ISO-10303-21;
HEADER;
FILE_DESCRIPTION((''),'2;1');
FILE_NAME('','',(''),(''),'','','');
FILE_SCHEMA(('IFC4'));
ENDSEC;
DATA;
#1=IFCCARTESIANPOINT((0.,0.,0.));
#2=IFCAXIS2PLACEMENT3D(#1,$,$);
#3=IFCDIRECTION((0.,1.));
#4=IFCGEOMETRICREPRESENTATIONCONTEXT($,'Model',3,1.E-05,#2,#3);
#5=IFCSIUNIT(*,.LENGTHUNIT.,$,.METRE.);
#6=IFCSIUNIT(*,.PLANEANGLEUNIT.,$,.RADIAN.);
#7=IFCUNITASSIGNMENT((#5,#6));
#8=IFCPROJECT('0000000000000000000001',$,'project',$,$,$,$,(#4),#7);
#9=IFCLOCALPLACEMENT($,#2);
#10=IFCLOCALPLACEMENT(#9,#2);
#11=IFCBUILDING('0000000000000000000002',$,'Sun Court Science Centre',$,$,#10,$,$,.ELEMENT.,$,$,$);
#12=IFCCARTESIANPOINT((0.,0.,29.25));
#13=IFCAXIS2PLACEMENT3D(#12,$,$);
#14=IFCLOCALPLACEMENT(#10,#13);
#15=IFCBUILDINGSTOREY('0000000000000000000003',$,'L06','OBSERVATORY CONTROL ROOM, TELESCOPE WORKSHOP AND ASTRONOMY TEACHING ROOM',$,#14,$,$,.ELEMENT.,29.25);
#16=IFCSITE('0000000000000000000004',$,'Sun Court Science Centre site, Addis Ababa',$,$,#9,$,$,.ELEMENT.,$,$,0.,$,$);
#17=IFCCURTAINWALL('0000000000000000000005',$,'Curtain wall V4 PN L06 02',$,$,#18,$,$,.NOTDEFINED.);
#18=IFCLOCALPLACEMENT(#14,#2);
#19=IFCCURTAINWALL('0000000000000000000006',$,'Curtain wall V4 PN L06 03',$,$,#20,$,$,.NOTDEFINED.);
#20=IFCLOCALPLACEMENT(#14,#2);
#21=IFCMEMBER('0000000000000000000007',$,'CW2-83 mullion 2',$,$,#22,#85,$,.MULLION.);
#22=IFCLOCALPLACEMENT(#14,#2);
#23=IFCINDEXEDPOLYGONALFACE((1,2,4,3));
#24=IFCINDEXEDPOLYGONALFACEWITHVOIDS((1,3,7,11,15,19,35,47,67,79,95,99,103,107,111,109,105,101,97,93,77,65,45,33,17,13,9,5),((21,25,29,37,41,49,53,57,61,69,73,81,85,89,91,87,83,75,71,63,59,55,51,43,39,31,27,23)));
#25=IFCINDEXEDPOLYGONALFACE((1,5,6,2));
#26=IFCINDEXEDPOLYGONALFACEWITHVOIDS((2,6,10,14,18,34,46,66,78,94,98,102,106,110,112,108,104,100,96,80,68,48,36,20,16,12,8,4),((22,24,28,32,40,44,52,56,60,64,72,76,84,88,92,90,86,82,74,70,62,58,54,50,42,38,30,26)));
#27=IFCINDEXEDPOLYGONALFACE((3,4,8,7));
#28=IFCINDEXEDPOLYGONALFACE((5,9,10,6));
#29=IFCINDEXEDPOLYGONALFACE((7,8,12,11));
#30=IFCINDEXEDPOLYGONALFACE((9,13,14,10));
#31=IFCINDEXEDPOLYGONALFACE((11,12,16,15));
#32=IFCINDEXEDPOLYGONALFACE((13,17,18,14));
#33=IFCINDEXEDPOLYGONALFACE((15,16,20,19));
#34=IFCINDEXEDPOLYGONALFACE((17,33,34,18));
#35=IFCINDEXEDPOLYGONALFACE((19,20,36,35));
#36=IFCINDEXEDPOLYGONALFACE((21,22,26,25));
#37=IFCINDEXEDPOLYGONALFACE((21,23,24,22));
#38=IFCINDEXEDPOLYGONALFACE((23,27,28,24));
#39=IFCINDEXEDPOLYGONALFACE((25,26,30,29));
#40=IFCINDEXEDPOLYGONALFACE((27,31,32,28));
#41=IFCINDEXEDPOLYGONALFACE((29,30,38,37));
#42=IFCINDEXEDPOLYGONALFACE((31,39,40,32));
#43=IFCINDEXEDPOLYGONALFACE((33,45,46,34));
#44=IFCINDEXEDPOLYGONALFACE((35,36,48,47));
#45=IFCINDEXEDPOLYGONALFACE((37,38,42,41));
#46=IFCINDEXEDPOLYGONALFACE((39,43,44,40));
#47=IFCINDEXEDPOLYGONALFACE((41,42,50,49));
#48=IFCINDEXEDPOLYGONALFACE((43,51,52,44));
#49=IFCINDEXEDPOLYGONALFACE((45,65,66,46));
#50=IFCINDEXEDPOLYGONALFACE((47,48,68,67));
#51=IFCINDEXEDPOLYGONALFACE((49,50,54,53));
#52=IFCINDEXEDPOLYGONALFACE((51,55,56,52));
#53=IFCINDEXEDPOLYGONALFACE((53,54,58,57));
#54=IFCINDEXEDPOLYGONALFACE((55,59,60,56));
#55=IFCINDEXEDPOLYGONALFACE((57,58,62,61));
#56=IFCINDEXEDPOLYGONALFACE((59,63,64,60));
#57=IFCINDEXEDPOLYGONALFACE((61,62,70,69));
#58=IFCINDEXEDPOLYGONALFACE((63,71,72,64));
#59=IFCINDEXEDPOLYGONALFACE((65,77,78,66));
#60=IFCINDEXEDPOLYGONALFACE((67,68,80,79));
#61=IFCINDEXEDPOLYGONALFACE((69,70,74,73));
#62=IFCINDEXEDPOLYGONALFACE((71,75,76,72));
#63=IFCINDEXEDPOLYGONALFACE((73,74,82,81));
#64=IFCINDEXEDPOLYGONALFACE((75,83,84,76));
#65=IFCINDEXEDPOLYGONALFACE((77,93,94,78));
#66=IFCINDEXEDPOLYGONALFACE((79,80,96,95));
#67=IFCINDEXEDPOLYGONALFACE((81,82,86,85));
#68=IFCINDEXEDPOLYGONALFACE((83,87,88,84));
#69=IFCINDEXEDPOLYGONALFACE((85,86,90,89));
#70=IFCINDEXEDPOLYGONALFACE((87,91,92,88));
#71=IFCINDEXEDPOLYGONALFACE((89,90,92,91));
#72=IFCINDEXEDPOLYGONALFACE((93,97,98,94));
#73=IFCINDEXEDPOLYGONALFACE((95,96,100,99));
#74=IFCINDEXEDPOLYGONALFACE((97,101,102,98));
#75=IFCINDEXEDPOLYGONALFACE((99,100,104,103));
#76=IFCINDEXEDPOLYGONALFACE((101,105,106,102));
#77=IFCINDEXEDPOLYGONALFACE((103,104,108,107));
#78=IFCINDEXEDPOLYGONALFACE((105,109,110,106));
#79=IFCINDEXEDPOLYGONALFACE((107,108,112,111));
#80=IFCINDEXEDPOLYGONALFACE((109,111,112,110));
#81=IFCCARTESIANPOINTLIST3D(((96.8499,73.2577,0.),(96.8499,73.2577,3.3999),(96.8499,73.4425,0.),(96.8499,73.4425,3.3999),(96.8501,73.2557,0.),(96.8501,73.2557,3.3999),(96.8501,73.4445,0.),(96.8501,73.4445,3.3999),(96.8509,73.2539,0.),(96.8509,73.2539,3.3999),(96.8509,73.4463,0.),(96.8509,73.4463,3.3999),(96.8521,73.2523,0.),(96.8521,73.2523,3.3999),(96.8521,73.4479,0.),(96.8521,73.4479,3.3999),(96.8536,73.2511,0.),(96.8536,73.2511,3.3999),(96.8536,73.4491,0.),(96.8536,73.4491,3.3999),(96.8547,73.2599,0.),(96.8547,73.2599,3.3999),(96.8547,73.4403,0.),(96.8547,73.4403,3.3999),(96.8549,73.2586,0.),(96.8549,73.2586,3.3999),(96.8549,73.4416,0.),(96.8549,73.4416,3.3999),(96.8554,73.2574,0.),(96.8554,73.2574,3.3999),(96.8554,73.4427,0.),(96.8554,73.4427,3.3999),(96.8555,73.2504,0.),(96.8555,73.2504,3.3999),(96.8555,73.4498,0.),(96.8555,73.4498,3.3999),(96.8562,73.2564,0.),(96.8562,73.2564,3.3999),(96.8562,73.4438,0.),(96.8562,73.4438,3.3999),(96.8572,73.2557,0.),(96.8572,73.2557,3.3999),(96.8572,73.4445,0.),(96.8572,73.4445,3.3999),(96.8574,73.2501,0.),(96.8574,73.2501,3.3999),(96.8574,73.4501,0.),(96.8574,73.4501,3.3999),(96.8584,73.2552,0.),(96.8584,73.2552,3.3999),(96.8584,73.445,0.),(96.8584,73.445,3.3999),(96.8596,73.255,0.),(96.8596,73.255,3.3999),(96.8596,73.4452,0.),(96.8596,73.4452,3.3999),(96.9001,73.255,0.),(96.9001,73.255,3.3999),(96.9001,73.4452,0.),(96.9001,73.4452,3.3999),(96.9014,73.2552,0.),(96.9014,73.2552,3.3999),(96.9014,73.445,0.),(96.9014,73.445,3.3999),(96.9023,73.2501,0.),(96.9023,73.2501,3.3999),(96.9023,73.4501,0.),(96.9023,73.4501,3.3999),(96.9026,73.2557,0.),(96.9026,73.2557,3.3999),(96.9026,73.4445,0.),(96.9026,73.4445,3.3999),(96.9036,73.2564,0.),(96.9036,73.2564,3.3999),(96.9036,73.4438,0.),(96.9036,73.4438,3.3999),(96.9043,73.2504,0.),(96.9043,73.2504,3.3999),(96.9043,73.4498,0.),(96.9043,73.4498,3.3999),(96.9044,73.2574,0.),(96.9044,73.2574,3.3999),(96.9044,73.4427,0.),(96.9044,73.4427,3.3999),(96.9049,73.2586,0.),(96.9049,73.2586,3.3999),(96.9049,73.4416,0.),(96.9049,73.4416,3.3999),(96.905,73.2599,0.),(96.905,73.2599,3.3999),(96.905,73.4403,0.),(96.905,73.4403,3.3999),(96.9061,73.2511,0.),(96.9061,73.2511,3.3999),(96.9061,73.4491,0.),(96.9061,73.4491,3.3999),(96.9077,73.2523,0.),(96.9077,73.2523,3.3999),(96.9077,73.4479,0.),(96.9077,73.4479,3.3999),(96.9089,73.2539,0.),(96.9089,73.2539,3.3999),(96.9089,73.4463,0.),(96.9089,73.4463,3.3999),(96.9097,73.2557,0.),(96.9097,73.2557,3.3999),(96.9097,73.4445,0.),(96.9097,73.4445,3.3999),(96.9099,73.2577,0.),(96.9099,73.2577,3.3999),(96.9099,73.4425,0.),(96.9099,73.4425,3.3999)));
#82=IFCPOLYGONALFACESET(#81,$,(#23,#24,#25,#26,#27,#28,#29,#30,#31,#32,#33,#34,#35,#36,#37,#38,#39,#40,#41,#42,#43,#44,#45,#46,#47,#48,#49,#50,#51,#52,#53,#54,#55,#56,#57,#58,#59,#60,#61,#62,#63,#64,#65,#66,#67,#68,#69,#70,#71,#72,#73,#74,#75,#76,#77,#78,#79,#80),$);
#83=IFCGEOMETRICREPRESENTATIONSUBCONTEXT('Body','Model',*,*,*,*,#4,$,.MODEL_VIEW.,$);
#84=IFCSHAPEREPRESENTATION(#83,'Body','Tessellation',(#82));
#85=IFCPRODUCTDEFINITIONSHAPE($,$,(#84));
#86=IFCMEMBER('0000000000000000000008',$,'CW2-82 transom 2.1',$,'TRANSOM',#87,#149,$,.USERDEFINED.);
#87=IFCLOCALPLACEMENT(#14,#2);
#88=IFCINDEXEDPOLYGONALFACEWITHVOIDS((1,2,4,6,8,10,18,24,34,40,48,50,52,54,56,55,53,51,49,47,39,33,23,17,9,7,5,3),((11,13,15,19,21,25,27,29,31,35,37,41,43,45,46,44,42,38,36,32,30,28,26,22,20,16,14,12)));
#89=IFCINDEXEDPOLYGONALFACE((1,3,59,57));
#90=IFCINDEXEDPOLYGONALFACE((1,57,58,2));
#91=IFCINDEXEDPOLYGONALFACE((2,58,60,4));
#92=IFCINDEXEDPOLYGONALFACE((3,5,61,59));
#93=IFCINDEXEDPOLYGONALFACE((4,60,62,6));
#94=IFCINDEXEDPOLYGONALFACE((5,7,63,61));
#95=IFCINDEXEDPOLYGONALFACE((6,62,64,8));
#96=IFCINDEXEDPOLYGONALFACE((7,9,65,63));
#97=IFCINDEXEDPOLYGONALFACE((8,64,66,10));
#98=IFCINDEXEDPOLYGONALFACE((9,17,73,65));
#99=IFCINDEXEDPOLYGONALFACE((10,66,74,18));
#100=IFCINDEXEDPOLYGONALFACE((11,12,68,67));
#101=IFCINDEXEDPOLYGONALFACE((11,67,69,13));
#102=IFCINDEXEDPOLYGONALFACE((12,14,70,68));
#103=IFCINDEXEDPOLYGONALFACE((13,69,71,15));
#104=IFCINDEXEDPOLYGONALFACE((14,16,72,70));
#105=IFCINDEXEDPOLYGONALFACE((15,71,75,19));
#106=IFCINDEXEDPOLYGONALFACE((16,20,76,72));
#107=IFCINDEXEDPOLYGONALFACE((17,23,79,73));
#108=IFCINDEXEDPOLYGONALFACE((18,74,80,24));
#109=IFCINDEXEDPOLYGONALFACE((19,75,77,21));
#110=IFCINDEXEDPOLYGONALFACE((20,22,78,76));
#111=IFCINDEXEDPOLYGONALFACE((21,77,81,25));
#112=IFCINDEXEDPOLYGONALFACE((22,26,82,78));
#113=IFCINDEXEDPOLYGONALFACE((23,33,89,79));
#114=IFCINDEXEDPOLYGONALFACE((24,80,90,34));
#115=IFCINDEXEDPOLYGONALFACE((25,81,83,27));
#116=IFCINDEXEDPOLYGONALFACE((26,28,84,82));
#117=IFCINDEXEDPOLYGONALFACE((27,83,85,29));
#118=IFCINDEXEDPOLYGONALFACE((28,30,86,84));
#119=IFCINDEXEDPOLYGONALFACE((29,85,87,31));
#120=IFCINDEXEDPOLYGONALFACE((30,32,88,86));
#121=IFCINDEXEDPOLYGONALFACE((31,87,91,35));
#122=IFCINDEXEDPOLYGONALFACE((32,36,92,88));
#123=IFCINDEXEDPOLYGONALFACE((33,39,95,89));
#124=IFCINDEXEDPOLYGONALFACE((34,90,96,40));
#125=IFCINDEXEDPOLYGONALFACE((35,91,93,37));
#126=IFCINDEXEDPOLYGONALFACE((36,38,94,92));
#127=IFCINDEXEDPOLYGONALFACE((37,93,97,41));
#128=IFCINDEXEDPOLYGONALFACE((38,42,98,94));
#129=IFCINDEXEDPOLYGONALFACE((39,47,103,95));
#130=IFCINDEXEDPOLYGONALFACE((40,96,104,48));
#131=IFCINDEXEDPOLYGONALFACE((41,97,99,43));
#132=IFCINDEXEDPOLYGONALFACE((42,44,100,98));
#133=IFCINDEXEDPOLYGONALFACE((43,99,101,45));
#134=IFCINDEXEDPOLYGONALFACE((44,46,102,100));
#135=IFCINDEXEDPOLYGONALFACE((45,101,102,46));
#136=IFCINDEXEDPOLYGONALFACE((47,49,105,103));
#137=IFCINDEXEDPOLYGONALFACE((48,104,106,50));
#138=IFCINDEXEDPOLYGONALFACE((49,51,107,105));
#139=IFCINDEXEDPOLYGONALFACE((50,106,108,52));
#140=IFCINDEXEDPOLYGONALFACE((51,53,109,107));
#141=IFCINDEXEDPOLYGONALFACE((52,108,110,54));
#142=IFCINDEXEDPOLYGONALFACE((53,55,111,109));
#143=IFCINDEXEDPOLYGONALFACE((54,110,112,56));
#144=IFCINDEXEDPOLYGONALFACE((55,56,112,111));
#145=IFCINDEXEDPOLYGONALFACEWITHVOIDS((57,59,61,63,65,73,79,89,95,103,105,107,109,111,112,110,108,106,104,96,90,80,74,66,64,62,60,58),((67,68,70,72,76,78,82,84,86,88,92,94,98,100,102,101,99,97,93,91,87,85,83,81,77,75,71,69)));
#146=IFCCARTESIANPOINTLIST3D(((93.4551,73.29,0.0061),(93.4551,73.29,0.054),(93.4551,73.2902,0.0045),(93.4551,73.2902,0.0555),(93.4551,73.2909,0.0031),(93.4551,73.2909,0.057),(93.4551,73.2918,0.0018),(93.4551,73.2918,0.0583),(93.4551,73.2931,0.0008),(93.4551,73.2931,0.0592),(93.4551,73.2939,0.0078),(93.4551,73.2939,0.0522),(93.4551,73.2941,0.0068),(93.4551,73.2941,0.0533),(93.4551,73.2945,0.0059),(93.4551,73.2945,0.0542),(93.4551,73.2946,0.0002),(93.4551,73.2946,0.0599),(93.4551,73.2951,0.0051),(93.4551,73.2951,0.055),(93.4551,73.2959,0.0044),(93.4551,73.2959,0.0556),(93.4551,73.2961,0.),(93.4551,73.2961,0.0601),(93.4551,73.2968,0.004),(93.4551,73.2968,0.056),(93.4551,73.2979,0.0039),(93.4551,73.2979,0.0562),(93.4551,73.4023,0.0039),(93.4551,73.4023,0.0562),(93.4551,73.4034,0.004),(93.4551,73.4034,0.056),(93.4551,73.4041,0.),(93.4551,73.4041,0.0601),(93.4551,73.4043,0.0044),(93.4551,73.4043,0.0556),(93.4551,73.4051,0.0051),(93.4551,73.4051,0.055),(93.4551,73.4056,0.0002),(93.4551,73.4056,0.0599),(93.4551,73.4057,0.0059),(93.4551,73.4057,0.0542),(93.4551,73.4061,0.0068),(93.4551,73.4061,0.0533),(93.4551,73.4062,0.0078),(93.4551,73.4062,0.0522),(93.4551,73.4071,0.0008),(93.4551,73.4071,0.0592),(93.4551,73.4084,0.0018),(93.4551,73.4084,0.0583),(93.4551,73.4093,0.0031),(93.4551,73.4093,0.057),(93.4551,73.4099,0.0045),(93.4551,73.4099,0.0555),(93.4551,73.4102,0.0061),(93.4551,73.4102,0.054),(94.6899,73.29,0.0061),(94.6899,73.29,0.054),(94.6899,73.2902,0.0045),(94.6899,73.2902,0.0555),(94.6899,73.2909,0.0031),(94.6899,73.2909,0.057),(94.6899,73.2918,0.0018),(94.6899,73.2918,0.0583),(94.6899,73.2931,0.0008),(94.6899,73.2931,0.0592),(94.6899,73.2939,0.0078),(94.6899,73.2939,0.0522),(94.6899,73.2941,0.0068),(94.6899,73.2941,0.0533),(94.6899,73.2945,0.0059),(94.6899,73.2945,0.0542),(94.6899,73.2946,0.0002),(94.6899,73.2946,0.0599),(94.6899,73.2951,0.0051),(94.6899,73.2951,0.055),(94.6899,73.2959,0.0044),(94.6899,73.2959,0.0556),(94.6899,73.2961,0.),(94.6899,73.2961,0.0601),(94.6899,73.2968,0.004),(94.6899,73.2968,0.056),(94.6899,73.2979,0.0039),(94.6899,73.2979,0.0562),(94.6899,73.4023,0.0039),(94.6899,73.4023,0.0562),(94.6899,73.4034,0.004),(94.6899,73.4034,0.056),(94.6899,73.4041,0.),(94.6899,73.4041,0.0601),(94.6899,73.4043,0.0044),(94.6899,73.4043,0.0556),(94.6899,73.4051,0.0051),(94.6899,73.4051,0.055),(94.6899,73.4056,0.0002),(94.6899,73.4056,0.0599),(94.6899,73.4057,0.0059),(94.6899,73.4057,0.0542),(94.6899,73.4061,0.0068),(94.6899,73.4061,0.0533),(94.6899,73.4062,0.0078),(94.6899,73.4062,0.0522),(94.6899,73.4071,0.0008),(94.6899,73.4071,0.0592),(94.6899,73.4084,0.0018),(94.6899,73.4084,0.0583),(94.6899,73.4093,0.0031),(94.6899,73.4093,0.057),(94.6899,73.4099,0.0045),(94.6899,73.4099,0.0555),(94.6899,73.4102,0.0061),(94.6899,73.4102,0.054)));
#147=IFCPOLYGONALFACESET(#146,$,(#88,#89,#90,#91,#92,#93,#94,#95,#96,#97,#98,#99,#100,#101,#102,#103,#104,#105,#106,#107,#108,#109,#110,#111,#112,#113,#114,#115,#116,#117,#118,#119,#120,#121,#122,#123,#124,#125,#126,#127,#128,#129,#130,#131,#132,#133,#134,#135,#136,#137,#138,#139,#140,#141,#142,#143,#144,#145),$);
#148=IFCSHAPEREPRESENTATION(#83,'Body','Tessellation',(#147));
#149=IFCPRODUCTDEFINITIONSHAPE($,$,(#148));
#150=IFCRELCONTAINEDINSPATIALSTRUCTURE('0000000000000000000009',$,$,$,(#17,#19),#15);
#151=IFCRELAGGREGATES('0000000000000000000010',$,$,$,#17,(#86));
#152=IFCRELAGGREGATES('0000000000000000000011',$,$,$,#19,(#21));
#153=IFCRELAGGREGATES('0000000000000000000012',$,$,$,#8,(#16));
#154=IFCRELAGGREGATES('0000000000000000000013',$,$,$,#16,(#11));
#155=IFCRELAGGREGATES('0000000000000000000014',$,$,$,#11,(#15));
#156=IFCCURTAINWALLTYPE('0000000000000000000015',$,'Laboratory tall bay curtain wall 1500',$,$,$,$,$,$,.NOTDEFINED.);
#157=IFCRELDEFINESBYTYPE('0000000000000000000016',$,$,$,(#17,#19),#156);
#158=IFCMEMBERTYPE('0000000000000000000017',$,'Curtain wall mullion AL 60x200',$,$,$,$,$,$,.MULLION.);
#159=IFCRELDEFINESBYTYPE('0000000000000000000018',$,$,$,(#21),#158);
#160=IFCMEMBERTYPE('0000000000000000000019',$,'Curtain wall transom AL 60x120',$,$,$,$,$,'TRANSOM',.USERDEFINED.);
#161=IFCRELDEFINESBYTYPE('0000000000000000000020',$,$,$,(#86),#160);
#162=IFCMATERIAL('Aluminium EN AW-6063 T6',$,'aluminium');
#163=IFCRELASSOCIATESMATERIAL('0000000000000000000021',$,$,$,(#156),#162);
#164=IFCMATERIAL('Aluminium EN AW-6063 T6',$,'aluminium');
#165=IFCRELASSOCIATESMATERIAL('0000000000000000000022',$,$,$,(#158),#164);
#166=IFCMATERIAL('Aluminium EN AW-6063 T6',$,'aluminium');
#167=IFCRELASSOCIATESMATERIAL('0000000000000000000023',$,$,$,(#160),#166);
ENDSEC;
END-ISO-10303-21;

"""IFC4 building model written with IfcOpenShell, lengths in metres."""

from ifc_helpers import new_model, si_unit, direction, frame, origin, origin_2d, place, context, subcontext, project, spatial, hollow_rectangle, extrude, material, material_profile, profile_set, type_object, element, aggregate, save


model = new_model("IFC4")

# Units and contexts
model_context = context("Model", 3, precision=1e-05, world=origin(), true_north=direction((0.0, 1.0)))
body_context = subcontext(model_context, "Body", "Model", "MODEL_VIEW")
ifc_project = project(units=[si_unit("LENGTHUNIT", "METRE"), si_unit("PLANEANGLEUNIT", "RADIAN")], contexts=[model_context])

# Site, building, storey
site_placement = place(None, origin())
site = spatial("IfcSite", under=ifc_project, at=site_placement, Name="Sun Court Science Centre site, Addis Ababa", CompositionType="ELEMENT", RefElevation=0.0)
building_placement = place(site_placement, origin())
building = spatial("IfcBuilding", under=site, at=building_placement, Name="Sun Court Science Centre", CompositionType="ELEMENT")
storey_placement = place(building_placement, frame((0.0, 0.0, 29.25)))
storey = spatial("IfcBuildingStorey", under=building, at=storey_placement, Name="L06", Description="OBSERVATORY CONTROL ROOM, TELESCOPE WORKSHOP AND ASTRONOMY TEACHING ROOM", CompositionType="ELEMENT", Elevation=29.25)

# Curtain wall
ifc_material_1 = material(Name="Aluminium EN AW-6063 T6", Category="aluminium")
curtain_wall_type = type_object("IfcCurtainWallType", Name="Laboratory tall bay curtain wall 1500", PredefinedType="NOTDEFINED", material=ifc_material_1)
curtain_wall_1_placement = place(storey_placement, origin())
curtain_wall_1 = element("IfcCurtainWall", 1, at=curtain_wall_1_placement, inside=storey, type_object=curtain_wall_type, Name="Curtain wall V4 PN L06 02", PredefinedType="NOTDEFINED")
ifc_material_2 = material(Name="Aluminium EN AW-6063 T6", Category="aluminium")
ifc_material_profile_1 = material_profile(ifc_material_2, hollow_rectangle(XDim=0.0601, YDim=0.2, WallThickness=0.0049, InnerFilletRadius=0.0049, OuterFilletRadius=0.0076, at=origin_2d()), Name="AL 60x200x5")
ifc_profile_set_1 = profile_set([ifc_material_profile_1], Name="Aluminium EN AW-6063 T6")
member_type_1 = type_object("IfcMemberType", Name="Curtain wall mullion AL 60x200", PredefinedType="MULLION", material=ifc_profile_set_1)

# Curtain wall, member
curtain_wall_2_placement = place(storey_placement, origin())
curtain_wall_2 = element("IfcCurtainWall", 2, at=curtain_wall_2_placement, inside=storey, type_object=curtain_wall_type, Name="Curtain wall V4 PN L06 03", PredefinedType="NOTDEFINED")
member_1_placement = place(storey_placement, frame((96.8799, 73.3501, 0.0), z_axis=(0.0, 0.0, 1.0), x_axis=(1.0, 0.0, 0.0)))
member_1 = element("IfcMember", 3, at=member_1_placement, type_object=member_type_1, Name="CW2-83 mullion 2", PredefinedType="MULLION", context=body_context, shape_type="SweptSolid", body=[
    extrude(hollow_rectangle(XDim=0.0601, YDim=0.2, WallThickness=0.0049, InnerFilletRadius=0.0049, OuterFilletRadius=0.0076, at=origin_2d()), origin(), (0.0, 0.0, 1.0), 3.3999),
])

# Member
ifc_material_3 = material(Name="Aluminium EN AW-6063 T6", Category="aluminium")
ifc_material_profile_2 = material_profile(ifc_material_3, hollow_rectangle(XDim=0.0601, YDim=0.1201, WallThickness=0.0039, InnerFilletRadius=0.0039, OuterFilletRadius=0.0061, at=origin_2d()), Name="AL 60x120x4")
ifc_profile_set_2 = profile_set([ifc_material_profile_2], Name="Aluminium EN AW-6063 T6")
member_type_2 = type_object("IfcMemberType", Name="Curtain wall transom AL 60x120", ElementType="TRANSOM", PredefinedType="USERDEFINED", material=ifc_profile_set_2)
member_2_placement = place(storey_placement, frame((93.4551, 73.3501, 0.03), z_axis=(1.0, 0.0, 0.0), x_axis=(0.0, 0.0, 1.0)))
member_2 = element("IfcMember", 4, at=member_2_placement, type_object=member_type_2, Name="CW2-82 transom 2.1", ObjectType="TRANSOM", PredefinedType="USERDEFINED", context=body_context, shape_type="SweptSolid", body=[
    extrude(hollow_rectangle(XDim=0.0601, YDim=0.1201, WallThickness=0.0039, InnerFilletRadius=0.0039, OuterFilletRadius=0.0061, at=origin_2d()), origin(), (0.0, 0.0, 1.0), 1.2349),
])

aggregate(curtain_wall_1, [member_2])
aggregate(curtain_wall_2, [member_1])

save(model, "model.ifc")
